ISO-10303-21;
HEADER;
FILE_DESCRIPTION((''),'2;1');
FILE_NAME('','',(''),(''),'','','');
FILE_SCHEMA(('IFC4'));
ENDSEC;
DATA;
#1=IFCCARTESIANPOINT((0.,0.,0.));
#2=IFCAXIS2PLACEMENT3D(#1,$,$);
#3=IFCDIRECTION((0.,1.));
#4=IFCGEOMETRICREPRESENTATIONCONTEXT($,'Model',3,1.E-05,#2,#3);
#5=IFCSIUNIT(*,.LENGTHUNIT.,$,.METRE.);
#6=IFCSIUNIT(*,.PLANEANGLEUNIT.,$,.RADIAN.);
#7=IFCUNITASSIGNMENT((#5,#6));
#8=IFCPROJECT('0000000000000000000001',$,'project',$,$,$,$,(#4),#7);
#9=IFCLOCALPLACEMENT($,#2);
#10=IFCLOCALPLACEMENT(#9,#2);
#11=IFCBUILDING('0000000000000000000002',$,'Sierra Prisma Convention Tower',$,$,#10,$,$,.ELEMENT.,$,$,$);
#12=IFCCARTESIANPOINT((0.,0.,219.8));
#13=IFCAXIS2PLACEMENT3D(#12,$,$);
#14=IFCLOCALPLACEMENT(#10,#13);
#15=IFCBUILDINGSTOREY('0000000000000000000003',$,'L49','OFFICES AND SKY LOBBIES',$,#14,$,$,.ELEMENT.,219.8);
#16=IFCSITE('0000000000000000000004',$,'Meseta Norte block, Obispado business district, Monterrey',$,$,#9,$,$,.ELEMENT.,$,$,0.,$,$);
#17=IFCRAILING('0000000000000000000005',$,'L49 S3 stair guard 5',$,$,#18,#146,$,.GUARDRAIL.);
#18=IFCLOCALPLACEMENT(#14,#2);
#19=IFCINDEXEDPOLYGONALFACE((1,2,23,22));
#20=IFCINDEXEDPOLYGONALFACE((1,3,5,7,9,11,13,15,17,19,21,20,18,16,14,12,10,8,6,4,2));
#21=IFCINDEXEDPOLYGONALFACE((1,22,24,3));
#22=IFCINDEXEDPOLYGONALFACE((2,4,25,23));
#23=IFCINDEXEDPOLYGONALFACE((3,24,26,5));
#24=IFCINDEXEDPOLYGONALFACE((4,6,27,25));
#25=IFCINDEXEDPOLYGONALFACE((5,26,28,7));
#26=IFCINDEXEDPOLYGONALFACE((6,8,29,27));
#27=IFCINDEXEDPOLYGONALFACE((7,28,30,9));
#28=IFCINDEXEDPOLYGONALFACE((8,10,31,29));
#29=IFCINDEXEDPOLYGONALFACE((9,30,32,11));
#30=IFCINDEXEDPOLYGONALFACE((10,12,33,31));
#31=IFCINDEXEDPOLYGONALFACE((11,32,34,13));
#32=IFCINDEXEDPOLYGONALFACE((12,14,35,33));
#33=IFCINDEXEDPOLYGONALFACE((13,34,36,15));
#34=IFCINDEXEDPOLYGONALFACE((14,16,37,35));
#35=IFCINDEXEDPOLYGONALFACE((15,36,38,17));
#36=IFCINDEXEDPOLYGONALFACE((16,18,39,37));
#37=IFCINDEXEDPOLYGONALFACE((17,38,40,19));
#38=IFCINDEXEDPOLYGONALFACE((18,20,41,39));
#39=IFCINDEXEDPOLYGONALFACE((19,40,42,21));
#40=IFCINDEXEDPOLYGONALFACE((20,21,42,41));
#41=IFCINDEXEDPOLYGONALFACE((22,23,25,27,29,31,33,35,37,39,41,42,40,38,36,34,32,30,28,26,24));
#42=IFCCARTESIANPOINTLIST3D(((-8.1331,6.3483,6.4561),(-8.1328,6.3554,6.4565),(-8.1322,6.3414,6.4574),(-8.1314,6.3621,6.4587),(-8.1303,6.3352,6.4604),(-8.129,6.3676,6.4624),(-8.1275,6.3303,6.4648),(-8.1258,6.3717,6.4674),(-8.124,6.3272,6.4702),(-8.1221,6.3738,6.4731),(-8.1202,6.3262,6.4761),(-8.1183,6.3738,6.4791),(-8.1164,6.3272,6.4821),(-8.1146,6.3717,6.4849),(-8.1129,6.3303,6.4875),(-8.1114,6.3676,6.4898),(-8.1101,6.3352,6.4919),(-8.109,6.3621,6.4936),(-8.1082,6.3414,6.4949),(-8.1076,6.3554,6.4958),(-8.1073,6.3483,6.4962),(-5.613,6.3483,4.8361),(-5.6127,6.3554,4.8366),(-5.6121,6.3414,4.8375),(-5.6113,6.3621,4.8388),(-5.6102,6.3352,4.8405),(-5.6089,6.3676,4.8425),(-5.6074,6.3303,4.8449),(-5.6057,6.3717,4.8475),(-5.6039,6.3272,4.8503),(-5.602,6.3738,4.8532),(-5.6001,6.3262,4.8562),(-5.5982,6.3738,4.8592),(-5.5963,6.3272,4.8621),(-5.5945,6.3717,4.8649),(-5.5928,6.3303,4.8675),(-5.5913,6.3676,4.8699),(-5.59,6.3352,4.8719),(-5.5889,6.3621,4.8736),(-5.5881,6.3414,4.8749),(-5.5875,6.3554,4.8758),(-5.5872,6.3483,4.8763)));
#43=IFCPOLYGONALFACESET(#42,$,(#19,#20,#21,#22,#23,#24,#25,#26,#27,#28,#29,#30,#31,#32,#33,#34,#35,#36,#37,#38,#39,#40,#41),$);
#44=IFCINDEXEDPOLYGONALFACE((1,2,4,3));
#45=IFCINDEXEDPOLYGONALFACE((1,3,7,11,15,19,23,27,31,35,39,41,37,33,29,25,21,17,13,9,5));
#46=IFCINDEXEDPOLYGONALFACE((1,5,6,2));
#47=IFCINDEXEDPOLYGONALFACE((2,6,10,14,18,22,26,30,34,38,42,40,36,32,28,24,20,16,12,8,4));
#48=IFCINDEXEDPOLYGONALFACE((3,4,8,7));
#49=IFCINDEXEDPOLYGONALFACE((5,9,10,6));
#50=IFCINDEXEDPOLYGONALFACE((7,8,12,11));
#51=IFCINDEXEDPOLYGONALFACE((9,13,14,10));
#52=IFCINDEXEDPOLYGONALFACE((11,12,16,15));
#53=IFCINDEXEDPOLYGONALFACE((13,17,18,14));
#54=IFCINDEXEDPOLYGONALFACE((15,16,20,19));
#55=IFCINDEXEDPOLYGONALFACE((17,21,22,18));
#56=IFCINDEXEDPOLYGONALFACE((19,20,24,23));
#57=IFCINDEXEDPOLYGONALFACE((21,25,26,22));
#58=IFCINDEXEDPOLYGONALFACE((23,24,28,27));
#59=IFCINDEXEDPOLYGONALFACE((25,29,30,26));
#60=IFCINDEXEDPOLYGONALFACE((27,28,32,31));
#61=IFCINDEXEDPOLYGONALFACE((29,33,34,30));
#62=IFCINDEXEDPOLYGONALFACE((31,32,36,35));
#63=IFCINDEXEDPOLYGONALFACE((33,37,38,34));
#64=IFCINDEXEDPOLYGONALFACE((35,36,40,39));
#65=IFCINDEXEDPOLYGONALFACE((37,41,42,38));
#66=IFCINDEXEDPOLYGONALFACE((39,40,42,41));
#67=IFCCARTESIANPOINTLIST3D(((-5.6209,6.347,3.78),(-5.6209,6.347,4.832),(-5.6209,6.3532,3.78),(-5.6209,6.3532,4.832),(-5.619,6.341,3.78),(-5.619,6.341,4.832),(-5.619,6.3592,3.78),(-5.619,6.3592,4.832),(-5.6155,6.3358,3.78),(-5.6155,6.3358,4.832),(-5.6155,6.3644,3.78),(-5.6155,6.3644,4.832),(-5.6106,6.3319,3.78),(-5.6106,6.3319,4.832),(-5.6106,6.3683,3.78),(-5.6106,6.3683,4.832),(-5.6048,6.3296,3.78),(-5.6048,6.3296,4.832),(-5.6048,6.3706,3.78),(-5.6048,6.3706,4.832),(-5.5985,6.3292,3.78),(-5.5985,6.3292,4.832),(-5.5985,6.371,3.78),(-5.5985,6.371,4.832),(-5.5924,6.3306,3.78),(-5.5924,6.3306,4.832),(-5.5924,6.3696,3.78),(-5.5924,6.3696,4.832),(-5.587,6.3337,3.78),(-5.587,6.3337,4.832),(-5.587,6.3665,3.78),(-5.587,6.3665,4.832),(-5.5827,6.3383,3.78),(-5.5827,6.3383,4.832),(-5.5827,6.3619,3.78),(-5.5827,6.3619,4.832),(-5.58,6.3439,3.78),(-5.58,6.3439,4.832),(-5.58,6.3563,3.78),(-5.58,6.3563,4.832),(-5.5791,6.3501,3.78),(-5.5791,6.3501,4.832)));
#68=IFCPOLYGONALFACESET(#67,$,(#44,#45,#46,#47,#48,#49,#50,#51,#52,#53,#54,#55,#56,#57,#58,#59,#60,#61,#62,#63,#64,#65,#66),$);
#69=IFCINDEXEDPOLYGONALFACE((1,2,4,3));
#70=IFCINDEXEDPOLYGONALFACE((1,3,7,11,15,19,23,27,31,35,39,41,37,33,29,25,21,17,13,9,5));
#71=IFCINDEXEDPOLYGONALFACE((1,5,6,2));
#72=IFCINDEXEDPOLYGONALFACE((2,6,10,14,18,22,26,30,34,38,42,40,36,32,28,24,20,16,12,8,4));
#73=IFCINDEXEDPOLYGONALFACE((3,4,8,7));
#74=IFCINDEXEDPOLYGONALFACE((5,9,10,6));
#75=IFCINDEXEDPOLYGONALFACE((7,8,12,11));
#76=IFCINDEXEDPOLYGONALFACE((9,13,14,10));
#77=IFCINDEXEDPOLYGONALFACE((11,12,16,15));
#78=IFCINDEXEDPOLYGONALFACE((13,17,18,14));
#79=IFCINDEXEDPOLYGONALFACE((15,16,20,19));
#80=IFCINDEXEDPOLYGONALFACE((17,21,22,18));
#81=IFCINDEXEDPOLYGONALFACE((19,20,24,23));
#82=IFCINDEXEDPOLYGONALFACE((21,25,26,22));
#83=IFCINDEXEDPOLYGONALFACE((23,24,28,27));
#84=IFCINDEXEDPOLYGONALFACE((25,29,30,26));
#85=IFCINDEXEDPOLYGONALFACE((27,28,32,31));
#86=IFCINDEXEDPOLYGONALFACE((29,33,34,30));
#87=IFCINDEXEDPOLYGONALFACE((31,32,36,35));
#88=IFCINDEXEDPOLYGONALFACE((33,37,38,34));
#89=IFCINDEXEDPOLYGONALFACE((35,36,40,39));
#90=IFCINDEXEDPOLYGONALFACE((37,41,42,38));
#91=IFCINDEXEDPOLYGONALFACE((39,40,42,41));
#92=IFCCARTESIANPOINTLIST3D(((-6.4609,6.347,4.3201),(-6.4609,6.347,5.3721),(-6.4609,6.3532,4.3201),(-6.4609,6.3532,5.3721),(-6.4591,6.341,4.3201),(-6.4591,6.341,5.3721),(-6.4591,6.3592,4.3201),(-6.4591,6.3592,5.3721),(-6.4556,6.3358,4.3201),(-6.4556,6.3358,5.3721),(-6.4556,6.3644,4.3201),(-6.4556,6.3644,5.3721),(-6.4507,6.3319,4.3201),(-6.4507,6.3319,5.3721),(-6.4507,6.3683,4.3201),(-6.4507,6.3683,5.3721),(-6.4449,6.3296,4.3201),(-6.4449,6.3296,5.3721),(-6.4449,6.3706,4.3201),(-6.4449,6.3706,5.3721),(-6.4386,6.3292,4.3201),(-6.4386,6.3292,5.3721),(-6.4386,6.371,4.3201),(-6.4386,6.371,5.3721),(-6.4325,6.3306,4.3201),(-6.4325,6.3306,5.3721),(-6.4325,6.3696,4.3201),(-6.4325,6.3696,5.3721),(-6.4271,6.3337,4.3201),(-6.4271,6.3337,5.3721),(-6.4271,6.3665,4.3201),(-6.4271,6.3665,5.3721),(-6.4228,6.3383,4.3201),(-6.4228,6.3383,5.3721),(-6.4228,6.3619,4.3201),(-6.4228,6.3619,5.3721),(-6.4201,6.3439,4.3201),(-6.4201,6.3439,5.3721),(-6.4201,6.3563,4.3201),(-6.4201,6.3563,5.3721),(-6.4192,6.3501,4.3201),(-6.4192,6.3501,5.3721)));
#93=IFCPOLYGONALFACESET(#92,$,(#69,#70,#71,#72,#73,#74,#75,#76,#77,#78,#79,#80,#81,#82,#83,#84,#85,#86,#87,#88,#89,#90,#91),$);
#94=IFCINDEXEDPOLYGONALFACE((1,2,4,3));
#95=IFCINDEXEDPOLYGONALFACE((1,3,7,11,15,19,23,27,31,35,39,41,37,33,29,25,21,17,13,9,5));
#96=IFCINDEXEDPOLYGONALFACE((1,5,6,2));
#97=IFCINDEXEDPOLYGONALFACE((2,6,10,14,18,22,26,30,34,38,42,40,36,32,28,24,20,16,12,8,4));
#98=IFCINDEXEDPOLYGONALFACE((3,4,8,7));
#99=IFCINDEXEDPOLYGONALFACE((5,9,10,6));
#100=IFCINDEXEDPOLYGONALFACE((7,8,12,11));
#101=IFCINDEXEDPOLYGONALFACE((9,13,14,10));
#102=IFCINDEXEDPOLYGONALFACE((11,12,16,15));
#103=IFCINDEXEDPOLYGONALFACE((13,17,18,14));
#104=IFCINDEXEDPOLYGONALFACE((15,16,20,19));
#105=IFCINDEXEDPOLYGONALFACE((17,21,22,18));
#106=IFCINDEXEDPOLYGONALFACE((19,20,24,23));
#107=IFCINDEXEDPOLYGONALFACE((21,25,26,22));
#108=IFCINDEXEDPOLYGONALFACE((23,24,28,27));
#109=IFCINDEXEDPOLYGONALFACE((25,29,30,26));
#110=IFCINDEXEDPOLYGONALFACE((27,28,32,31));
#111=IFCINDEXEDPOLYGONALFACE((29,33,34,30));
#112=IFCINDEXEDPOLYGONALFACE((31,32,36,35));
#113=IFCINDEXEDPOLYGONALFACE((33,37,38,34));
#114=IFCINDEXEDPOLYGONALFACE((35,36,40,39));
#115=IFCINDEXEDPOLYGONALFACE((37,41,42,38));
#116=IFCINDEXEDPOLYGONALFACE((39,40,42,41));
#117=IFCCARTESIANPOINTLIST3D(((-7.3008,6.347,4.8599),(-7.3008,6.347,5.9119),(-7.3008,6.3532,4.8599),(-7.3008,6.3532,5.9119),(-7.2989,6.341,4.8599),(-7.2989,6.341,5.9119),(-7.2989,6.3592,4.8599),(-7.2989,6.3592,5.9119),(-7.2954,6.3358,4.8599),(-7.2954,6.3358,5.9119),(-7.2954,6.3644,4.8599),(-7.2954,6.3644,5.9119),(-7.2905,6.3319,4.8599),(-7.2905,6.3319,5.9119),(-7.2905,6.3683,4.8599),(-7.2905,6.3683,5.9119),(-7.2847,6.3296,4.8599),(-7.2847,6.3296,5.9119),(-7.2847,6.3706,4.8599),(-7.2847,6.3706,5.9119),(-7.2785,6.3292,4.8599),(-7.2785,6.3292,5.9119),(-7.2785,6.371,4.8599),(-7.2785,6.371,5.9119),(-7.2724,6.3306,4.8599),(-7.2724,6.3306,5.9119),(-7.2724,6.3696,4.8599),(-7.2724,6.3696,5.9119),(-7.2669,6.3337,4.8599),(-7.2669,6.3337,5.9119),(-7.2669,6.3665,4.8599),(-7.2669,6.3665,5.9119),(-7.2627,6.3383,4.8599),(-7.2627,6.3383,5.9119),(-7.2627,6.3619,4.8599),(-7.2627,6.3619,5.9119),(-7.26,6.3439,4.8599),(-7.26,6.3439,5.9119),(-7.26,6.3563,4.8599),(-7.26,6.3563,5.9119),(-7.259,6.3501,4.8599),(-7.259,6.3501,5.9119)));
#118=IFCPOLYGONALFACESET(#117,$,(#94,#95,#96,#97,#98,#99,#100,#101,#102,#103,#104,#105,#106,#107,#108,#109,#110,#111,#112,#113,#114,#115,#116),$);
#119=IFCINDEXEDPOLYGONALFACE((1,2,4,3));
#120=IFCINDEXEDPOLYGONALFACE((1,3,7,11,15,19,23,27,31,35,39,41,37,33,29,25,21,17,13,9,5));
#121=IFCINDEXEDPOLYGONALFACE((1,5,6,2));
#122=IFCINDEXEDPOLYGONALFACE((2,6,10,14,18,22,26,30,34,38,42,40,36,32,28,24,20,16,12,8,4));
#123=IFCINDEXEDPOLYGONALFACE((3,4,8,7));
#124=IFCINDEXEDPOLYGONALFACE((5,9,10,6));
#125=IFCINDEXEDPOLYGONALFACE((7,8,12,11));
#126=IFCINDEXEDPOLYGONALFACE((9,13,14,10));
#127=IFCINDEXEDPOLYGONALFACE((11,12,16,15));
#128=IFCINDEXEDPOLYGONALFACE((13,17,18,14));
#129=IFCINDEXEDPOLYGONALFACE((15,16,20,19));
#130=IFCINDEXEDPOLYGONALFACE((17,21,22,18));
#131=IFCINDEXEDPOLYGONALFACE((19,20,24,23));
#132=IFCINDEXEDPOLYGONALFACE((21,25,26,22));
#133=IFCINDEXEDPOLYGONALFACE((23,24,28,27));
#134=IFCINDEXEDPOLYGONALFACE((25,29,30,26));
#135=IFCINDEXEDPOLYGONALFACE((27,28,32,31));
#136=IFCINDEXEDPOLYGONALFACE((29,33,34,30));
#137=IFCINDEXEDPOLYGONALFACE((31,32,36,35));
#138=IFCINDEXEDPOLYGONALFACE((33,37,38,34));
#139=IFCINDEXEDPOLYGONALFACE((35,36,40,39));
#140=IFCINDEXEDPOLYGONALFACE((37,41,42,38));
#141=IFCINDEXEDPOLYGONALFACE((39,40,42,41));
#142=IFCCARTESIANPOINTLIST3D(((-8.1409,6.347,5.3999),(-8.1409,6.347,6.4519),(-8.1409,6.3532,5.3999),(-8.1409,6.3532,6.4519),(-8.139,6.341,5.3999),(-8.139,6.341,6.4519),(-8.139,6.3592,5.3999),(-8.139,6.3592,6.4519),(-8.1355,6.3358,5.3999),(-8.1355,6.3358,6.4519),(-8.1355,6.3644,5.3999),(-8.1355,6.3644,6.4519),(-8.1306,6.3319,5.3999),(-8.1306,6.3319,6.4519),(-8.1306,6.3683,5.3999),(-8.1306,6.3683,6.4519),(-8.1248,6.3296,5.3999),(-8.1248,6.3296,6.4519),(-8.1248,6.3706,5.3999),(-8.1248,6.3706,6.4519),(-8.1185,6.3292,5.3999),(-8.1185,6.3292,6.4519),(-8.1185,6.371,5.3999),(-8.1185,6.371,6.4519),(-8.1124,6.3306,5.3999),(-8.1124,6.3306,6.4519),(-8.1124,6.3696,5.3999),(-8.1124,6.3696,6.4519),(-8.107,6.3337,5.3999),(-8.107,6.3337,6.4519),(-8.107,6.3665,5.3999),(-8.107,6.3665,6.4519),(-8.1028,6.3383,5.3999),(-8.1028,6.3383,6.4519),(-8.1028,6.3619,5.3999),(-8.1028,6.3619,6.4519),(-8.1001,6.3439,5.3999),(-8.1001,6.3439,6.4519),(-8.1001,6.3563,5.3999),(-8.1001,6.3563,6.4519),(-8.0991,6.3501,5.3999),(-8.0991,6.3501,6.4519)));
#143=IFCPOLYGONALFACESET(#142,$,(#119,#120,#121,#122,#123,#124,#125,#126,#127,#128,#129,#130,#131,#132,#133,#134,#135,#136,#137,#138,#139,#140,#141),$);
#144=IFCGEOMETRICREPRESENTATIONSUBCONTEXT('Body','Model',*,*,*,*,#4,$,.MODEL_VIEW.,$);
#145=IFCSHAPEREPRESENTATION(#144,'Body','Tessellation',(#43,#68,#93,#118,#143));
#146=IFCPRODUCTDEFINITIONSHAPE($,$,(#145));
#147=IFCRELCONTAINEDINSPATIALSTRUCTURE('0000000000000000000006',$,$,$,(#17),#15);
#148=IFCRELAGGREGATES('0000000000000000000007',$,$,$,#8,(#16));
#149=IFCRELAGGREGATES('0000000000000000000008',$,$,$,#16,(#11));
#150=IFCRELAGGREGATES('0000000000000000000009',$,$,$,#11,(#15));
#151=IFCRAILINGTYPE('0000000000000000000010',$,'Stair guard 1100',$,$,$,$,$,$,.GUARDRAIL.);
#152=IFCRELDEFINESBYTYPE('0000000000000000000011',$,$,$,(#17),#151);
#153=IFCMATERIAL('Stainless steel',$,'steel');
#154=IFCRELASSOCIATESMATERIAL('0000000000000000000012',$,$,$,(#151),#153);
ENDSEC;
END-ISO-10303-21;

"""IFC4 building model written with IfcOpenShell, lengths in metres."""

from ifc_helpers import new_model, si_unit, direction, frame, origin, origin_2d, place, context, subcontext, project, spatial, circle, extrude, material, type_object, element, save


model = new_model("IFC4")

# Units and contexts
model_context = context("Model", 3, precision=1e-05, world=origin(), true_north=direction((0.0, 1.0)))
body_context = subcontext(model_context, "Body", "Model", "MODEL_VIEW")
ifc_project = project(units=[si_unit("LENGTHUNIT", "METRE"), si_unit("PLANEANGLEUNIT", "RADIAN")], contexts=[model_context])

# Site, building, storey
site_placement = place(None, origin())
site = spatial("IfcSite", under=ifc_project, at=site_placement, Name="Meseta Norte block, Obispado business district, Monterrey", CompositionType="ELEMENT", RefElevation=0.0)
building_placement = place(site_placement, origin())
building = spatial("IfcBuilding", under=site, at=building_placement, Name="Sierra Prisma Convention Tower", CompositionType="ELEMENT")
storey_placement = place(building_placement, frame((0.0, 0.0, 219.8)))
storey = spatial("IfcBuildingStorey", under=building, at=storey_placement, Name="L49", Description="OFFICES AND SKY LOBBIES", CompositionType="ELEMENT", Elevation=219.8)

# Railing
ifc_material_1 = material(Name="Stainless steel", Category="steel")
railing_type_1 = type_object("IfcRailingType", Name="Stair guard 1100", PredefinedType="GUARDRAIL", material=ifc_material_1)
railing_1_placement = place(storey_placement, frame((-5.6001, 6.3501, 3.78)))
element("IfcRailing", 1, at=railing_1_placement, inside=storey, type_object=railing_type_1, Name="L49 S3 stair guard 5", PredefinedType="GUARDRAIL", context=body_context, shape_type="SweptSolid", body=[
    extrude(circle(Radius=0.0239, at=origin_2d()), frame((0.0, 0.0, 1.0762), z_axis=(-0.8412, 0.0, 0.540725), x_axis=(0.0, -1.0, 0.0)), (0.0, 0.0, 1.0), 2.9958),
    extrude(circle(Radius=0.021, at=origin_2d()), origin(), (0.0, 0.0, 1.0), 1.052),
    extrude(circle(Radius=0.021, at=origin_2d()), frame((-0.8401, 0.0, 0.54)), (0.0, 0.0, 1.0), 1.052),
    extrude(circle(Radius=0.021, at=origin_2d()), frame((-1.6799, 0.0, 1.0798)), (0.0, 0.0, 1.0), 1.052),
    extrude(circle(Radius=0.021, at=origin_2d()), frame((-2.52, 0.0, 1.6199)), (0.0, 0.0, 1.0), 1.052),
])

save(model, "model.ifc")
